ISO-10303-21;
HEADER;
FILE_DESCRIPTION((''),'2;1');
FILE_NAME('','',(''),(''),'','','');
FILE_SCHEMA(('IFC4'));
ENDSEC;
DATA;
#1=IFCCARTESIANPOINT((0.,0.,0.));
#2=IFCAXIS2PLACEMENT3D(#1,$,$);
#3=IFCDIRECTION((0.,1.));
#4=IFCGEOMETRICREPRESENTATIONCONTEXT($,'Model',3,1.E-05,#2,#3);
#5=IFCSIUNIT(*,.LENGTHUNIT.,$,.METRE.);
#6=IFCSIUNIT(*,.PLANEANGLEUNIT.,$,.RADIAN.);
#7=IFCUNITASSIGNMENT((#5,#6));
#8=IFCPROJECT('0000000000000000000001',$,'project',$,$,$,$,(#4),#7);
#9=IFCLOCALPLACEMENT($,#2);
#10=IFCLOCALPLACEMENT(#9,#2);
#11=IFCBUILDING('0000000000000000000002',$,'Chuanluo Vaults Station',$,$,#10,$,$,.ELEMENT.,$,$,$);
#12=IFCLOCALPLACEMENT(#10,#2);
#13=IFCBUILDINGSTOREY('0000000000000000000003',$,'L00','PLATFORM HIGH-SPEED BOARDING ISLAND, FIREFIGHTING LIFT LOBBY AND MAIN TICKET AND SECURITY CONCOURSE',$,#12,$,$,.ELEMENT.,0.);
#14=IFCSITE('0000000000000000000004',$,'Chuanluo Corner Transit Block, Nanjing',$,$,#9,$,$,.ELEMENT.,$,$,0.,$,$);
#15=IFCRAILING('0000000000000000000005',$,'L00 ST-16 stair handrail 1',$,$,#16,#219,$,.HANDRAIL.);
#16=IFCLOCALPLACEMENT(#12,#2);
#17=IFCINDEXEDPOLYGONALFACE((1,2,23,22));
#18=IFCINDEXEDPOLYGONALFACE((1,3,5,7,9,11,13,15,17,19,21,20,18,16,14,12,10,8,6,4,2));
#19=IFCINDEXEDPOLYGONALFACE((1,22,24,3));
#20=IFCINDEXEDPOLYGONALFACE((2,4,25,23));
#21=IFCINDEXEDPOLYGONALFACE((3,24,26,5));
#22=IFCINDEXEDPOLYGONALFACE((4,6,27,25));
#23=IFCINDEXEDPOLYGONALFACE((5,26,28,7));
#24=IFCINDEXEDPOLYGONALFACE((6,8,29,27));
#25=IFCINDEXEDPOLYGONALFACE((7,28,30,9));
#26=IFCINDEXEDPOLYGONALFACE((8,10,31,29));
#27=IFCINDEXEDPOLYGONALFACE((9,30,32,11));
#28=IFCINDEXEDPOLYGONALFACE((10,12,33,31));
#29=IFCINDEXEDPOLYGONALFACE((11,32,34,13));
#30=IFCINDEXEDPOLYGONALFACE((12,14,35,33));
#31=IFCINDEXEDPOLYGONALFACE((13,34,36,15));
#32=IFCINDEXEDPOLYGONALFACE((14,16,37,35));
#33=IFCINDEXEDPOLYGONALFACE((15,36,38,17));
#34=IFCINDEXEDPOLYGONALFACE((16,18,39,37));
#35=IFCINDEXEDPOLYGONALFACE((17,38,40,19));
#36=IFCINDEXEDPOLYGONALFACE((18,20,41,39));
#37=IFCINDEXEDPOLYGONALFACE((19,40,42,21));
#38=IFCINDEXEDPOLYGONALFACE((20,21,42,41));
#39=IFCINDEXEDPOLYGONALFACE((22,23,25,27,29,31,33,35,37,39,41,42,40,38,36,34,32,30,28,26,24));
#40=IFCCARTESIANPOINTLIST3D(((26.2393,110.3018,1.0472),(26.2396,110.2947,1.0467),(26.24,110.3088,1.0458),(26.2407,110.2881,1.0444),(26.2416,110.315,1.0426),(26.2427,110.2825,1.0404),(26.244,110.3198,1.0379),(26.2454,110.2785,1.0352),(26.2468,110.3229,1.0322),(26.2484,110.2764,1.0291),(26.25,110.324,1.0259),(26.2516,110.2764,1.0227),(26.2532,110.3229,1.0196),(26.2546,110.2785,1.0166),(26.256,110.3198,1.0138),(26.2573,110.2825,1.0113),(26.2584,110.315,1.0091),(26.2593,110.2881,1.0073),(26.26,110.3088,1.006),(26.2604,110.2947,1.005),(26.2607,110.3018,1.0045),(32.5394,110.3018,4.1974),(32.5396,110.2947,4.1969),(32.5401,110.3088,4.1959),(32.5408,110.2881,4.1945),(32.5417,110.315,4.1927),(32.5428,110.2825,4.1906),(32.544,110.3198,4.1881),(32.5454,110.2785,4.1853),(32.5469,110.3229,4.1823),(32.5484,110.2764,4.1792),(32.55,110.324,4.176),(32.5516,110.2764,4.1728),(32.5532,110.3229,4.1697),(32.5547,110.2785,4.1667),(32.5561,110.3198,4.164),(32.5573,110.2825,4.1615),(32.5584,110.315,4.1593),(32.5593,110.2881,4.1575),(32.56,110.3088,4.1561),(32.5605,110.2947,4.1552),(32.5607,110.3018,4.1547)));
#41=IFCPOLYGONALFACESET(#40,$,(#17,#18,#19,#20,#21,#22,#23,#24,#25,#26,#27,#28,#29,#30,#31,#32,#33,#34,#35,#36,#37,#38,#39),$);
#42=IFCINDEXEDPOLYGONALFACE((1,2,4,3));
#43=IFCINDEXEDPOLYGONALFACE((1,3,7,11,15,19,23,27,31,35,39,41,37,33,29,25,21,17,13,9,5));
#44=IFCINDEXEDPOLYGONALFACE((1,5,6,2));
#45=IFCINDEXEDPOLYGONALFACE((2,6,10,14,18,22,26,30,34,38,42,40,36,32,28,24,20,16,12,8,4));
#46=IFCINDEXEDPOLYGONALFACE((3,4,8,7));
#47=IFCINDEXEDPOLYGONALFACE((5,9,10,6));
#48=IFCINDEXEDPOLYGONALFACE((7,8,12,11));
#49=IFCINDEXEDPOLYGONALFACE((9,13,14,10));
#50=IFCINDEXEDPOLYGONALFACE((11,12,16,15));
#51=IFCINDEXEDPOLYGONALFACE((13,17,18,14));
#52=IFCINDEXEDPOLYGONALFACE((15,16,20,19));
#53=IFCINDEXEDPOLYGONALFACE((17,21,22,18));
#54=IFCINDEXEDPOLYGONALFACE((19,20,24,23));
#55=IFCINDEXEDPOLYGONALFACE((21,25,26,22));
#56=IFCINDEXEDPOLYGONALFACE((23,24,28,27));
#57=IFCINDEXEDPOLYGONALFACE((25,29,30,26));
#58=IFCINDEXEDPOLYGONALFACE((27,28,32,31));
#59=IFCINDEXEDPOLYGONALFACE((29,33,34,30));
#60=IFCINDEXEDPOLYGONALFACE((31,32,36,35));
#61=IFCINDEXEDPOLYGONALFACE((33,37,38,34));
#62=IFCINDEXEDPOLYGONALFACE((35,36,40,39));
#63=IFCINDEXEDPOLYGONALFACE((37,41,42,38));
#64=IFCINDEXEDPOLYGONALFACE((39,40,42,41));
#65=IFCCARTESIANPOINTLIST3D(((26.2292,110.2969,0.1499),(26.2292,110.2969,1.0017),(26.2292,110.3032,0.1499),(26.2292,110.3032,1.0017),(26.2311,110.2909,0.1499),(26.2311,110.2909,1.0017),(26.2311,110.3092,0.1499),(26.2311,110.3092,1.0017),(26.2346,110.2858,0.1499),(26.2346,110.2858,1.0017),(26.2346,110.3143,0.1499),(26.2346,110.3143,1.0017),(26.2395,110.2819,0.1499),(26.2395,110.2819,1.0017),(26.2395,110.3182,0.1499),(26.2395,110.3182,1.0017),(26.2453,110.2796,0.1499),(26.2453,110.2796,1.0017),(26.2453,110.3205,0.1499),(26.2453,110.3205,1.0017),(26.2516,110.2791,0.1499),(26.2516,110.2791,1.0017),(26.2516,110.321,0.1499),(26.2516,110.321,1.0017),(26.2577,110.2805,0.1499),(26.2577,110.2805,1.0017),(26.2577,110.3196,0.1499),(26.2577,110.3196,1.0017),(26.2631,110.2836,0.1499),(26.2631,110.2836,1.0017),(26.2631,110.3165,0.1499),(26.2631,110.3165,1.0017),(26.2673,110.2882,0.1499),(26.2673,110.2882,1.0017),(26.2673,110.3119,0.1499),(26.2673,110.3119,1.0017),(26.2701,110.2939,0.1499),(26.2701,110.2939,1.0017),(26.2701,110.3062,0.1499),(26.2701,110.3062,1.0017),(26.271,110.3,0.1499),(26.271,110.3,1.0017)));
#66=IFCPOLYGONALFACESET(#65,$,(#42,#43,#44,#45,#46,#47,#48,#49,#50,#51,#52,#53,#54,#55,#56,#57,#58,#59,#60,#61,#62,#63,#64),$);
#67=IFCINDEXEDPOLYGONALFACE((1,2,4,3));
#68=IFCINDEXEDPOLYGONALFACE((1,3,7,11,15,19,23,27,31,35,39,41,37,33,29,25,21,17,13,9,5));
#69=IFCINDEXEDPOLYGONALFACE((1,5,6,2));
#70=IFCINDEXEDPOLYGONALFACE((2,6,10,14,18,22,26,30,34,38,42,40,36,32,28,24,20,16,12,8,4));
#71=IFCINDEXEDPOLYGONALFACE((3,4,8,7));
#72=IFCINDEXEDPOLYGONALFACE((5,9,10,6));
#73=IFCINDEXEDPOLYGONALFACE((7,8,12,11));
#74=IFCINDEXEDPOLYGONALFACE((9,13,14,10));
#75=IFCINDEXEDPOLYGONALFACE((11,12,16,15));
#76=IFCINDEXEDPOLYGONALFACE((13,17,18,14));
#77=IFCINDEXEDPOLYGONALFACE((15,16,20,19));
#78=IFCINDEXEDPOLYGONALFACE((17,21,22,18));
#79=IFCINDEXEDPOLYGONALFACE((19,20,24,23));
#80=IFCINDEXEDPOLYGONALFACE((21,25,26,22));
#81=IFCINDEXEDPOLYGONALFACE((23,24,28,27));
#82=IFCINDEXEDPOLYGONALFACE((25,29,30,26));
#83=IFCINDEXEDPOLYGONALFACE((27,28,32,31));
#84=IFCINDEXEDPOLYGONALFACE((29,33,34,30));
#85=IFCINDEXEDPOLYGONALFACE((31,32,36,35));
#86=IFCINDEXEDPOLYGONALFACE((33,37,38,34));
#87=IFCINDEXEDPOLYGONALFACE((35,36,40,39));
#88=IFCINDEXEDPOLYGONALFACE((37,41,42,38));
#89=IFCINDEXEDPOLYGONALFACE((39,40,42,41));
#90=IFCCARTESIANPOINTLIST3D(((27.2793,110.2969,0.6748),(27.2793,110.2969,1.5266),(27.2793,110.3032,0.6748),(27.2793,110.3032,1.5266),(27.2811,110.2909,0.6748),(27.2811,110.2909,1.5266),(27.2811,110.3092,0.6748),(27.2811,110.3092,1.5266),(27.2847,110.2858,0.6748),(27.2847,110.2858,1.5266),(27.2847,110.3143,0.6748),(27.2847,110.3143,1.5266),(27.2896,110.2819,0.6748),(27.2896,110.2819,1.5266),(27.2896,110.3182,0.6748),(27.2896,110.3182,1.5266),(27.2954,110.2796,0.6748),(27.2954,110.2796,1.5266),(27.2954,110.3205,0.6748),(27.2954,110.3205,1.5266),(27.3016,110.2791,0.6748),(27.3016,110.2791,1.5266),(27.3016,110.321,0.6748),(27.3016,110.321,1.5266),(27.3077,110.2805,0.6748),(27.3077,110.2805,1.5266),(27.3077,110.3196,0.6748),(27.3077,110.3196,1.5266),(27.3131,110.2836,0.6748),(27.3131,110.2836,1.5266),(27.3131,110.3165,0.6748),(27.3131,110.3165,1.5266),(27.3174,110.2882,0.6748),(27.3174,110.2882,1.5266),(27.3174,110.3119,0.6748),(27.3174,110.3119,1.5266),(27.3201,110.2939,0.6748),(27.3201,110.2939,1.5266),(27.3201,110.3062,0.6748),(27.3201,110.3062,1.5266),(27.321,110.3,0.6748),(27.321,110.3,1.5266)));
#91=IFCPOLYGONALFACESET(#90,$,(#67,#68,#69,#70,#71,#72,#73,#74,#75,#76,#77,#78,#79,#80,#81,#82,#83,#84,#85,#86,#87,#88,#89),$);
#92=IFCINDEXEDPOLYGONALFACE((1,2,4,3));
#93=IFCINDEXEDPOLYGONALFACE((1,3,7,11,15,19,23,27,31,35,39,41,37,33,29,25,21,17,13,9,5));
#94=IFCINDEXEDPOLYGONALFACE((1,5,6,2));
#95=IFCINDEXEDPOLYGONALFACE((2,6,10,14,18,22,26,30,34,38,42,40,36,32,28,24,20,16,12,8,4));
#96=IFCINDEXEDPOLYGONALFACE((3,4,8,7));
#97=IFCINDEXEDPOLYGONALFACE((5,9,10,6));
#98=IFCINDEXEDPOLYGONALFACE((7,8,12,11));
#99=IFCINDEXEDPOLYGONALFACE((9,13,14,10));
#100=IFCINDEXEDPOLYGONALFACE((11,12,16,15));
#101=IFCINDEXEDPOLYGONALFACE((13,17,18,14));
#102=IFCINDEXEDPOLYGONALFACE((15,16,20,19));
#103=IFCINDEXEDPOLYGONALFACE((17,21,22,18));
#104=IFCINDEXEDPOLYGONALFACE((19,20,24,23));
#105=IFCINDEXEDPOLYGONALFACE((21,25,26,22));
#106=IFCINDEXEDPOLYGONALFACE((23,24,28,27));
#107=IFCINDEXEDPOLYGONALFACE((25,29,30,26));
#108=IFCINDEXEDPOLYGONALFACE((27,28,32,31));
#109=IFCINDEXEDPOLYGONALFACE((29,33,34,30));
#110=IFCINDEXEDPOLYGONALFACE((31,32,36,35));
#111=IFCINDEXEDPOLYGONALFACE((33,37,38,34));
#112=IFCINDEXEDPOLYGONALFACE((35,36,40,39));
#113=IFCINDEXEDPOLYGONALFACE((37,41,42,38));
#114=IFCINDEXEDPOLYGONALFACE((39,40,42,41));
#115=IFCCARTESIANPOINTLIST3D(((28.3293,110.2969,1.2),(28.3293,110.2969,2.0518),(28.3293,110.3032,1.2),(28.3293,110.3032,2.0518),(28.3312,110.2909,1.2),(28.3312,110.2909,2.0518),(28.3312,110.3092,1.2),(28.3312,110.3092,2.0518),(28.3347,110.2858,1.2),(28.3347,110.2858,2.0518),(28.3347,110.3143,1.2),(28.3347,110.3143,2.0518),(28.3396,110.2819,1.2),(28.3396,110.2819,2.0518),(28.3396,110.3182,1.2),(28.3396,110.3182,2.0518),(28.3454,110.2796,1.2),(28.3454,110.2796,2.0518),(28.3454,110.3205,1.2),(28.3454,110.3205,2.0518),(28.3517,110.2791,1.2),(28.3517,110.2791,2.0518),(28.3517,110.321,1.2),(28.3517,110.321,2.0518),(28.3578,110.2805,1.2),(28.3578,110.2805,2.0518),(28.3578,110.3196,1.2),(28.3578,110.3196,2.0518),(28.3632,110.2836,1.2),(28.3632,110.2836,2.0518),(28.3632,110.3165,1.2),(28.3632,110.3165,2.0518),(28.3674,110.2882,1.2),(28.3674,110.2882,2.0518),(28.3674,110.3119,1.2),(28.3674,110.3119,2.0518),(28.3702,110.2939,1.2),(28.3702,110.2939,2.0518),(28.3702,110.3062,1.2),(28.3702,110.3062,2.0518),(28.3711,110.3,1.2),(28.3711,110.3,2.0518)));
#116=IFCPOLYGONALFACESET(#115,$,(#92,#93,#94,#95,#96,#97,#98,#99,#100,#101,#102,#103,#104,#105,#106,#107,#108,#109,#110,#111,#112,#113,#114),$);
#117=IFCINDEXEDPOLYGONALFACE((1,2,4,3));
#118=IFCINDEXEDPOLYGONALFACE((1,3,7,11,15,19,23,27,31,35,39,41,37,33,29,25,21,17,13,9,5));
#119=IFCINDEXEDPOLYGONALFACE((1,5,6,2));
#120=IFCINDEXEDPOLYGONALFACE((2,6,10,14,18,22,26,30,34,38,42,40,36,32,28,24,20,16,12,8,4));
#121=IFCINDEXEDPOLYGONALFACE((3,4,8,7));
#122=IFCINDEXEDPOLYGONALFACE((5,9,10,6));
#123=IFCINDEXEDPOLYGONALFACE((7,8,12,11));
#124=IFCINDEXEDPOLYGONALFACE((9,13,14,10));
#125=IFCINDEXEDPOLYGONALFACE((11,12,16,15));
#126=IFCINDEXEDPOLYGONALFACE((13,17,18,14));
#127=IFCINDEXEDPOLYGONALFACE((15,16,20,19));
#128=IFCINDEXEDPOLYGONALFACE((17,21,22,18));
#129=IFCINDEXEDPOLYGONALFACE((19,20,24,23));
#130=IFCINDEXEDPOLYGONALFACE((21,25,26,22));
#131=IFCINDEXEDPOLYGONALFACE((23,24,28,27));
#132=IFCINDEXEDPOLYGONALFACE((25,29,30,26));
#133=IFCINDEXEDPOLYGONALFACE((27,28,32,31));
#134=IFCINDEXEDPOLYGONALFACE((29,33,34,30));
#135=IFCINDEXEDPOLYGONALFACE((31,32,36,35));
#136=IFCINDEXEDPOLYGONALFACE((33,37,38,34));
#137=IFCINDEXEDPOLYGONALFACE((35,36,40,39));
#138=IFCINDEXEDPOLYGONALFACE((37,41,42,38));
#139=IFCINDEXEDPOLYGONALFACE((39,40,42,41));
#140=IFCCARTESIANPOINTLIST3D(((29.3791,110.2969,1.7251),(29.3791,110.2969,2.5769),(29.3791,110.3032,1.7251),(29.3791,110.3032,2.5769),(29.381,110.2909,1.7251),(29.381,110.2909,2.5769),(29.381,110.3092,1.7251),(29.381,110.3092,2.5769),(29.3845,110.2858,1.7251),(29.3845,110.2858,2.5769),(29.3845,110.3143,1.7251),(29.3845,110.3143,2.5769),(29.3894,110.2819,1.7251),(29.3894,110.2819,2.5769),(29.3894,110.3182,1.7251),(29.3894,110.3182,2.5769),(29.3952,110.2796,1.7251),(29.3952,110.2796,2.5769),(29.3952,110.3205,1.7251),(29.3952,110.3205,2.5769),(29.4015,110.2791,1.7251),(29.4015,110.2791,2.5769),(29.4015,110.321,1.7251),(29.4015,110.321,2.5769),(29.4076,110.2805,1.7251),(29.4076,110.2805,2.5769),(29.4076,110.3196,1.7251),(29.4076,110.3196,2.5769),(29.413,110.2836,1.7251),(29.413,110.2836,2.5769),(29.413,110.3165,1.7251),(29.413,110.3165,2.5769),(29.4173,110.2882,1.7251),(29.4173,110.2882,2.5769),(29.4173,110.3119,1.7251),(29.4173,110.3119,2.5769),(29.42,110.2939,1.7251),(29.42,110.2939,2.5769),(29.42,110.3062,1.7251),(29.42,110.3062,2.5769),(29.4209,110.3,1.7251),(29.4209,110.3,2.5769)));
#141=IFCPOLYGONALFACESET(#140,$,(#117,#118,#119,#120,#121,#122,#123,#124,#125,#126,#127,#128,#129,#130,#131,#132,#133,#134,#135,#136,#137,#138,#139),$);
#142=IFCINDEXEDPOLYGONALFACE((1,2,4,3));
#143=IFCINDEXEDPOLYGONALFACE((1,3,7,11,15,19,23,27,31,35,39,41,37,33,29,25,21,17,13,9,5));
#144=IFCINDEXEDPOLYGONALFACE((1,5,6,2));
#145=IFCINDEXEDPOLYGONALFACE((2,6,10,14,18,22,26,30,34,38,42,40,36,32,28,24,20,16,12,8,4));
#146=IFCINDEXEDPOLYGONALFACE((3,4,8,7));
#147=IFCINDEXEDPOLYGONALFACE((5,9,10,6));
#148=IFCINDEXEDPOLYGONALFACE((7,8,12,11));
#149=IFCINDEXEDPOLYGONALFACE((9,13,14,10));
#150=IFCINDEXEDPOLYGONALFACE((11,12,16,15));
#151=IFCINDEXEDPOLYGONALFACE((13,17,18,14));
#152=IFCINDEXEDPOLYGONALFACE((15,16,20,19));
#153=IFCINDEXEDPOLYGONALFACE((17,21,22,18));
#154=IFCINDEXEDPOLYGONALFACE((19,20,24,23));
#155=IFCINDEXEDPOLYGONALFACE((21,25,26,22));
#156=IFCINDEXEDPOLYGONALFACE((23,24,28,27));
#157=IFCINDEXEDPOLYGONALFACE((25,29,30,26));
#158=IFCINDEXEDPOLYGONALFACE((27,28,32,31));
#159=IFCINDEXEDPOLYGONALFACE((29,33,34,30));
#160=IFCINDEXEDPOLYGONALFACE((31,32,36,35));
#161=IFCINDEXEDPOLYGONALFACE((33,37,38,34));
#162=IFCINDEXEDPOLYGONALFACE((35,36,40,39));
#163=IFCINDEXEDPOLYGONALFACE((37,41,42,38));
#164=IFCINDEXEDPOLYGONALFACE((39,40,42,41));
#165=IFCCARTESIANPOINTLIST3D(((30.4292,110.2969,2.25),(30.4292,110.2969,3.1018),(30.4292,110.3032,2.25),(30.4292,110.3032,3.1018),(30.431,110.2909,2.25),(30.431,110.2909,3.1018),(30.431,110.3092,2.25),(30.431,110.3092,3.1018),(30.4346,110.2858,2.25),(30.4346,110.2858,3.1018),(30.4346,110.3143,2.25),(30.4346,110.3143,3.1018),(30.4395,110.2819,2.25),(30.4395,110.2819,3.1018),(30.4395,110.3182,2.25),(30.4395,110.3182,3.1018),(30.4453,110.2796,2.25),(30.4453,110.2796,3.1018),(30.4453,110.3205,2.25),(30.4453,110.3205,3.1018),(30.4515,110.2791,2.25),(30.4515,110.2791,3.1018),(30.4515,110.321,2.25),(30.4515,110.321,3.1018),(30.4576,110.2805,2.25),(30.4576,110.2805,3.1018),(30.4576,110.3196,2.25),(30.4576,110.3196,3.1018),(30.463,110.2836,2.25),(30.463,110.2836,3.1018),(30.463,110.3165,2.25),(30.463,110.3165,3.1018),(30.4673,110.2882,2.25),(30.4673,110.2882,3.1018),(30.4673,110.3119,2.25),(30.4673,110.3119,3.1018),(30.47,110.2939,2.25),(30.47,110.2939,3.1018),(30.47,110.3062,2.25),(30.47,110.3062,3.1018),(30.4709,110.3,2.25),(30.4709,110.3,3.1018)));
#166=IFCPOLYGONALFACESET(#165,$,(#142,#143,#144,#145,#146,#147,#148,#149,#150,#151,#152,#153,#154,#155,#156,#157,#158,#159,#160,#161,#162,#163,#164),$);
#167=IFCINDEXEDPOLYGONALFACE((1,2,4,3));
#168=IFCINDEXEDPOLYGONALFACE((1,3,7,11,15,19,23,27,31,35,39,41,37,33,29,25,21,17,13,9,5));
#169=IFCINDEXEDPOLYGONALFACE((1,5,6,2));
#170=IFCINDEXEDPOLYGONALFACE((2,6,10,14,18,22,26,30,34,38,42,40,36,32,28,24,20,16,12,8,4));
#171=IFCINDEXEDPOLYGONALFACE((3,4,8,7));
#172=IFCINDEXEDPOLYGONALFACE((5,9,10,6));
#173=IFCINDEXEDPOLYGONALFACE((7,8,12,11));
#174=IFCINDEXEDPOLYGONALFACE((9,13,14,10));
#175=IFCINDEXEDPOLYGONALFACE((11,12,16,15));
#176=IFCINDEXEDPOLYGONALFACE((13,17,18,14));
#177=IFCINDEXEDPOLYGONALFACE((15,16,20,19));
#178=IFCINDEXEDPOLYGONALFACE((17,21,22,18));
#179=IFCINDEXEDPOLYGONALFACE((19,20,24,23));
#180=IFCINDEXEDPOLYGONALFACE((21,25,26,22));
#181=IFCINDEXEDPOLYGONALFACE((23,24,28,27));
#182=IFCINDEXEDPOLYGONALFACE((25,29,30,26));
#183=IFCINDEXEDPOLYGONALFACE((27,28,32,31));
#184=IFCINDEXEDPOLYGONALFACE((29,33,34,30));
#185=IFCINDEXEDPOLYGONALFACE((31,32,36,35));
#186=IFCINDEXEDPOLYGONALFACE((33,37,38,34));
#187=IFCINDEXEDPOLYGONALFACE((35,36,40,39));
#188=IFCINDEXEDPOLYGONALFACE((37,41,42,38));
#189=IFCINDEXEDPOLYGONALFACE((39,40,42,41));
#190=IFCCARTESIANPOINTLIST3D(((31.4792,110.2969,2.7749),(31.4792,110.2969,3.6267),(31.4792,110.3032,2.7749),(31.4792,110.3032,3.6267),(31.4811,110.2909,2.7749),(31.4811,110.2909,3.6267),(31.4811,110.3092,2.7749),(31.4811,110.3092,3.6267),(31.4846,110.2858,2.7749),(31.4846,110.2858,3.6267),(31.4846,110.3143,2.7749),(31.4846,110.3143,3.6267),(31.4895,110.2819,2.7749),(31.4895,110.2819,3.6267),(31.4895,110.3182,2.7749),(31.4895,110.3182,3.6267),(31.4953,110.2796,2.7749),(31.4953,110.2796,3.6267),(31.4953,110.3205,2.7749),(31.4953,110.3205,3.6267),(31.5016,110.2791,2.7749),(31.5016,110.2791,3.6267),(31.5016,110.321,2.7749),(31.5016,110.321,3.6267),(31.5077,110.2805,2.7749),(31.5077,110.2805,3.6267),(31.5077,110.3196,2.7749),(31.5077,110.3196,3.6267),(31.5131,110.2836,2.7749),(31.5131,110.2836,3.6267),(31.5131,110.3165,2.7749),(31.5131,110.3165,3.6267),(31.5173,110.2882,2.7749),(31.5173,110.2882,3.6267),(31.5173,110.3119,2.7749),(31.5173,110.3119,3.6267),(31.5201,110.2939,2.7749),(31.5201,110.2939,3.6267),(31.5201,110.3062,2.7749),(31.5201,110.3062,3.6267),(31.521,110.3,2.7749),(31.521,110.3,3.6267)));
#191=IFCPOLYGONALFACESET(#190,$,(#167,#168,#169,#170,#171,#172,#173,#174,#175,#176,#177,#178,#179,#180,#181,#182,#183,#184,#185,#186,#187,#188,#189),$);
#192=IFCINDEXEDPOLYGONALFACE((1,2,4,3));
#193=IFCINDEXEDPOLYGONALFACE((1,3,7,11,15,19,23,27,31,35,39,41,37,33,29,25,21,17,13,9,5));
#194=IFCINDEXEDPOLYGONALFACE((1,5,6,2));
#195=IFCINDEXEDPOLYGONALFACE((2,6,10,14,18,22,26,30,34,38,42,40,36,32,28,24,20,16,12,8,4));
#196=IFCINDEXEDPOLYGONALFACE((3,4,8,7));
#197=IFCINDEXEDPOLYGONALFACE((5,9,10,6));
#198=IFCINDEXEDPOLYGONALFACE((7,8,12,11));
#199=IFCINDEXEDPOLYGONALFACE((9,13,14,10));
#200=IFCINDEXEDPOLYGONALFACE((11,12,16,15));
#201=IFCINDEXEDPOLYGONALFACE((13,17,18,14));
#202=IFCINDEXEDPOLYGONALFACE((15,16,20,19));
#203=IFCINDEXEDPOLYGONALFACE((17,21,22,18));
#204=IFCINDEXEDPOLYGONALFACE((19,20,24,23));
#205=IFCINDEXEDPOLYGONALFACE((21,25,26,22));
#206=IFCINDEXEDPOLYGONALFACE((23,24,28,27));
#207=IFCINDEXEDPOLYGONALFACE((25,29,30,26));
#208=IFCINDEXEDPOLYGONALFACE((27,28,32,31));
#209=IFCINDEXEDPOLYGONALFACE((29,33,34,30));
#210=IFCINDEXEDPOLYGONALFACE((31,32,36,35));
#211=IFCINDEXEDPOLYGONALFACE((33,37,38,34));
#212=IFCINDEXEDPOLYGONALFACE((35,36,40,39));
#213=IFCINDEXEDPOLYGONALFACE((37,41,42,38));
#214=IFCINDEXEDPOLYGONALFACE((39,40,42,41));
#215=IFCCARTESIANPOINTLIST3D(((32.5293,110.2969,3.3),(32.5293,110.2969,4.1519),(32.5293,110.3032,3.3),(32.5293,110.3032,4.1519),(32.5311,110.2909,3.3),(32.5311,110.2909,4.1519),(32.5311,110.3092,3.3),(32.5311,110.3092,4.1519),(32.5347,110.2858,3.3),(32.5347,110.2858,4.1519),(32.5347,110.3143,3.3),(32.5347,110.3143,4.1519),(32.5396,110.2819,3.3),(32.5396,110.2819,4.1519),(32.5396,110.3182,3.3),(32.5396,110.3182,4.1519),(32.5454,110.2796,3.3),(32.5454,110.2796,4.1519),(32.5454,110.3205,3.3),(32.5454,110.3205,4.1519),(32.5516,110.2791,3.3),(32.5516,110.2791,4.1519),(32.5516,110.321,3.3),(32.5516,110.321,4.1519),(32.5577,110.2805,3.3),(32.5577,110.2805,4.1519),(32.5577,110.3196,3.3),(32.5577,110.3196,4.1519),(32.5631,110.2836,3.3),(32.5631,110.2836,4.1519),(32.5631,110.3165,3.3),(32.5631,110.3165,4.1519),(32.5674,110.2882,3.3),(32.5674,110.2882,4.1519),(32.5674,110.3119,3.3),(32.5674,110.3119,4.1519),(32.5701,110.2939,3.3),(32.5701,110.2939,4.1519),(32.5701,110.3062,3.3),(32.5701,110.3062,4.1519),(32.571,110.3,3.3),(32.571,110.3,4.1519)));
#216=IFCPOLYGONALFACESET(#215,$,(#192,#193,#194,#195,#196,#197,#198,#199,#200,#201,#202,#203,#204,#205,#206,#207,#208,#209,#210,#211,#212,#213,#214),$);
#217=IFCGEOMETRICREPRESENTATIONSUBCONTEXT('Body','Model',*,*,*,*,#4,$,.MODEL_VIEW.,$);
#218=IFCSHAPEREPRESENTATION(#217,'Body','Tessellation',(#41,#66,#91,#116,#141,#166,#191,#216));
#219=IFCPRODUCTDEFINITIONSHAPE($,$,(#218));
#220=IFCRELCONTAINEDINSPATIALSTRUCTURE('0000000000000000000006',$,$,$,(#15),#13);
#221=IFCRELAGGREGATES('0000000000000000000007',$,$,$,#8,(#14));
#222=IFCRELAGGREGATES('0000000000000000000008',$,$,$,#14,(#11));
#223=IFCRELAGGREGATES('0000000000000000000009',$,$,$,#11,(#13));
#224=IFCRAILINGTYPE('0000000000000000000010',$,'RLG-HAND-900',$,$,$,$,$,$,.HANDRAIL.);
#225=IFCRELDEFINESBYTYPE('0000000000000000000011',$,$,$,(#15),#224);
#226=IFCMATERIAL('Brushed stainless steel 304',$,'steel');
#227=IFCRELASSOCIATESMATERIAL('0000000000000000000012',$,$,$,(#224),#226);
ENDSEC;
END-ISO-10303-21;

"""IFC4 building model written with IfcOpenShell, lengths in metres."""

from ifc_helpers import new_model, si_unit, direction, frame, origin, origin_2d, place, context, subcontext, project, spatial, circle, extrude, material, type_object, element, save


model = new_model("IFC4")

# Units and contexts
model_context = context("Model", 3, precision=1e-05, world=origin(), true_north=direction((0.0, 1.0)))
body_context = subcontext(model_context, "Body", "Model", "MODEL_VIEW")
ifc_project = project(units=[si_unit("LENGTHUNIT", "METRE"), si_unit("PLANEANGLEUNIT", "RADIAN")], contexts=[model_context])

# Site, building, storey
site_placement = place(None, origin())
site = spatial("IfcSite", under=ifc_project, at=site_placement, Name="Chuanluo Corner Transit Block, Nanjing", CompositionType="ELEMENT", RefElevation=0.0)
building_placement = place(site_placement, origin())
building = spatial("IfcBuilding", under=site, at=building_placement, Name="Chuanluo Vaults Station", CompositionType="ELEMENT")
storey_placement = place(building_placement, origin())
storey = spatial("IfcBuildingStorey", under=building, at=storey_placement, Name="L00", Description="PLATFORM HIGH-SPEED BOARDING ISLAND, FIREFIGHTING LIFT LOBBY AND MAIN TICKET AND SECURITY CONCOURSE", CompositionType="ELEMENT", Elevation=0.0)

# Railing
ifc_material_1 = material(Name="Brushed stainless steel 304", Category="steel")
railing_type_1 = type_object("IfcRailingType", Name="RLG-HAND-900", PredefinedType="HANDRAIL", material=ifc_material_1)
railing_1_placement = place(storey_placement, frame((26.25, 110.3, 0.1499)))
element("IfcRailing", 1, at=railing_1_placement, inside=storey, type_object=railing_type_1, Name="L00 ST-16 stair handrail 1", PredefinedType="HANDRAIL", context=body_context, shape_type="SweptSolid", body=[
    extrude(circle(Radius=0.0239, at=origin_2d()), frame((0.0, 0.0, 0.876), z_axis=(0.89442, 0.0, 0.447227), x_axis=(0.0, 1.0, 0.0)), (0.0, 0.0, 1.0), 7.0437),
    extrude(circle(Radius=0.021, at=origin_2d()), origin(), (0.0, 0.0, 1.0), 0.8518),
    extrude(circle(Radius=0.021, at=origin_2d()), frame((1.05, 0.0, 0.5249)), (0.0, 0.0, 1.0), 0.8518),
    extrude(circle(Radius=0.021, at=origin_2d()), frame((2.1001, 0.0, 1.05)), (0.0, 0.0, 1.0), 0.8518),
    extrude(circle(Radius=0.021, at=origin_2d()), frame((3.1499, 0.0, 1.5752)), (0.0, 0.0, 1.0), 0.8518),
    extrude(circle(Radius=0.021, at=origin_2d()), frame((4.2, 0.0, 2.1001)), (0.0, 0.0, 1.0), 0.8518),
    extrude(circle(Radius=0.021, at=origin_2d()), frame((5.25, 0.0, 2.625)), (0.0, 0.0, 1.0), 0.8518),
    extrude(circle(Radius=0.021, at=origin_2d()), frame((6.3, 0.0, 3.1501)), (0.0, 0.0, 1.0), 0.8518),
])

save(model, "model.ifc")
